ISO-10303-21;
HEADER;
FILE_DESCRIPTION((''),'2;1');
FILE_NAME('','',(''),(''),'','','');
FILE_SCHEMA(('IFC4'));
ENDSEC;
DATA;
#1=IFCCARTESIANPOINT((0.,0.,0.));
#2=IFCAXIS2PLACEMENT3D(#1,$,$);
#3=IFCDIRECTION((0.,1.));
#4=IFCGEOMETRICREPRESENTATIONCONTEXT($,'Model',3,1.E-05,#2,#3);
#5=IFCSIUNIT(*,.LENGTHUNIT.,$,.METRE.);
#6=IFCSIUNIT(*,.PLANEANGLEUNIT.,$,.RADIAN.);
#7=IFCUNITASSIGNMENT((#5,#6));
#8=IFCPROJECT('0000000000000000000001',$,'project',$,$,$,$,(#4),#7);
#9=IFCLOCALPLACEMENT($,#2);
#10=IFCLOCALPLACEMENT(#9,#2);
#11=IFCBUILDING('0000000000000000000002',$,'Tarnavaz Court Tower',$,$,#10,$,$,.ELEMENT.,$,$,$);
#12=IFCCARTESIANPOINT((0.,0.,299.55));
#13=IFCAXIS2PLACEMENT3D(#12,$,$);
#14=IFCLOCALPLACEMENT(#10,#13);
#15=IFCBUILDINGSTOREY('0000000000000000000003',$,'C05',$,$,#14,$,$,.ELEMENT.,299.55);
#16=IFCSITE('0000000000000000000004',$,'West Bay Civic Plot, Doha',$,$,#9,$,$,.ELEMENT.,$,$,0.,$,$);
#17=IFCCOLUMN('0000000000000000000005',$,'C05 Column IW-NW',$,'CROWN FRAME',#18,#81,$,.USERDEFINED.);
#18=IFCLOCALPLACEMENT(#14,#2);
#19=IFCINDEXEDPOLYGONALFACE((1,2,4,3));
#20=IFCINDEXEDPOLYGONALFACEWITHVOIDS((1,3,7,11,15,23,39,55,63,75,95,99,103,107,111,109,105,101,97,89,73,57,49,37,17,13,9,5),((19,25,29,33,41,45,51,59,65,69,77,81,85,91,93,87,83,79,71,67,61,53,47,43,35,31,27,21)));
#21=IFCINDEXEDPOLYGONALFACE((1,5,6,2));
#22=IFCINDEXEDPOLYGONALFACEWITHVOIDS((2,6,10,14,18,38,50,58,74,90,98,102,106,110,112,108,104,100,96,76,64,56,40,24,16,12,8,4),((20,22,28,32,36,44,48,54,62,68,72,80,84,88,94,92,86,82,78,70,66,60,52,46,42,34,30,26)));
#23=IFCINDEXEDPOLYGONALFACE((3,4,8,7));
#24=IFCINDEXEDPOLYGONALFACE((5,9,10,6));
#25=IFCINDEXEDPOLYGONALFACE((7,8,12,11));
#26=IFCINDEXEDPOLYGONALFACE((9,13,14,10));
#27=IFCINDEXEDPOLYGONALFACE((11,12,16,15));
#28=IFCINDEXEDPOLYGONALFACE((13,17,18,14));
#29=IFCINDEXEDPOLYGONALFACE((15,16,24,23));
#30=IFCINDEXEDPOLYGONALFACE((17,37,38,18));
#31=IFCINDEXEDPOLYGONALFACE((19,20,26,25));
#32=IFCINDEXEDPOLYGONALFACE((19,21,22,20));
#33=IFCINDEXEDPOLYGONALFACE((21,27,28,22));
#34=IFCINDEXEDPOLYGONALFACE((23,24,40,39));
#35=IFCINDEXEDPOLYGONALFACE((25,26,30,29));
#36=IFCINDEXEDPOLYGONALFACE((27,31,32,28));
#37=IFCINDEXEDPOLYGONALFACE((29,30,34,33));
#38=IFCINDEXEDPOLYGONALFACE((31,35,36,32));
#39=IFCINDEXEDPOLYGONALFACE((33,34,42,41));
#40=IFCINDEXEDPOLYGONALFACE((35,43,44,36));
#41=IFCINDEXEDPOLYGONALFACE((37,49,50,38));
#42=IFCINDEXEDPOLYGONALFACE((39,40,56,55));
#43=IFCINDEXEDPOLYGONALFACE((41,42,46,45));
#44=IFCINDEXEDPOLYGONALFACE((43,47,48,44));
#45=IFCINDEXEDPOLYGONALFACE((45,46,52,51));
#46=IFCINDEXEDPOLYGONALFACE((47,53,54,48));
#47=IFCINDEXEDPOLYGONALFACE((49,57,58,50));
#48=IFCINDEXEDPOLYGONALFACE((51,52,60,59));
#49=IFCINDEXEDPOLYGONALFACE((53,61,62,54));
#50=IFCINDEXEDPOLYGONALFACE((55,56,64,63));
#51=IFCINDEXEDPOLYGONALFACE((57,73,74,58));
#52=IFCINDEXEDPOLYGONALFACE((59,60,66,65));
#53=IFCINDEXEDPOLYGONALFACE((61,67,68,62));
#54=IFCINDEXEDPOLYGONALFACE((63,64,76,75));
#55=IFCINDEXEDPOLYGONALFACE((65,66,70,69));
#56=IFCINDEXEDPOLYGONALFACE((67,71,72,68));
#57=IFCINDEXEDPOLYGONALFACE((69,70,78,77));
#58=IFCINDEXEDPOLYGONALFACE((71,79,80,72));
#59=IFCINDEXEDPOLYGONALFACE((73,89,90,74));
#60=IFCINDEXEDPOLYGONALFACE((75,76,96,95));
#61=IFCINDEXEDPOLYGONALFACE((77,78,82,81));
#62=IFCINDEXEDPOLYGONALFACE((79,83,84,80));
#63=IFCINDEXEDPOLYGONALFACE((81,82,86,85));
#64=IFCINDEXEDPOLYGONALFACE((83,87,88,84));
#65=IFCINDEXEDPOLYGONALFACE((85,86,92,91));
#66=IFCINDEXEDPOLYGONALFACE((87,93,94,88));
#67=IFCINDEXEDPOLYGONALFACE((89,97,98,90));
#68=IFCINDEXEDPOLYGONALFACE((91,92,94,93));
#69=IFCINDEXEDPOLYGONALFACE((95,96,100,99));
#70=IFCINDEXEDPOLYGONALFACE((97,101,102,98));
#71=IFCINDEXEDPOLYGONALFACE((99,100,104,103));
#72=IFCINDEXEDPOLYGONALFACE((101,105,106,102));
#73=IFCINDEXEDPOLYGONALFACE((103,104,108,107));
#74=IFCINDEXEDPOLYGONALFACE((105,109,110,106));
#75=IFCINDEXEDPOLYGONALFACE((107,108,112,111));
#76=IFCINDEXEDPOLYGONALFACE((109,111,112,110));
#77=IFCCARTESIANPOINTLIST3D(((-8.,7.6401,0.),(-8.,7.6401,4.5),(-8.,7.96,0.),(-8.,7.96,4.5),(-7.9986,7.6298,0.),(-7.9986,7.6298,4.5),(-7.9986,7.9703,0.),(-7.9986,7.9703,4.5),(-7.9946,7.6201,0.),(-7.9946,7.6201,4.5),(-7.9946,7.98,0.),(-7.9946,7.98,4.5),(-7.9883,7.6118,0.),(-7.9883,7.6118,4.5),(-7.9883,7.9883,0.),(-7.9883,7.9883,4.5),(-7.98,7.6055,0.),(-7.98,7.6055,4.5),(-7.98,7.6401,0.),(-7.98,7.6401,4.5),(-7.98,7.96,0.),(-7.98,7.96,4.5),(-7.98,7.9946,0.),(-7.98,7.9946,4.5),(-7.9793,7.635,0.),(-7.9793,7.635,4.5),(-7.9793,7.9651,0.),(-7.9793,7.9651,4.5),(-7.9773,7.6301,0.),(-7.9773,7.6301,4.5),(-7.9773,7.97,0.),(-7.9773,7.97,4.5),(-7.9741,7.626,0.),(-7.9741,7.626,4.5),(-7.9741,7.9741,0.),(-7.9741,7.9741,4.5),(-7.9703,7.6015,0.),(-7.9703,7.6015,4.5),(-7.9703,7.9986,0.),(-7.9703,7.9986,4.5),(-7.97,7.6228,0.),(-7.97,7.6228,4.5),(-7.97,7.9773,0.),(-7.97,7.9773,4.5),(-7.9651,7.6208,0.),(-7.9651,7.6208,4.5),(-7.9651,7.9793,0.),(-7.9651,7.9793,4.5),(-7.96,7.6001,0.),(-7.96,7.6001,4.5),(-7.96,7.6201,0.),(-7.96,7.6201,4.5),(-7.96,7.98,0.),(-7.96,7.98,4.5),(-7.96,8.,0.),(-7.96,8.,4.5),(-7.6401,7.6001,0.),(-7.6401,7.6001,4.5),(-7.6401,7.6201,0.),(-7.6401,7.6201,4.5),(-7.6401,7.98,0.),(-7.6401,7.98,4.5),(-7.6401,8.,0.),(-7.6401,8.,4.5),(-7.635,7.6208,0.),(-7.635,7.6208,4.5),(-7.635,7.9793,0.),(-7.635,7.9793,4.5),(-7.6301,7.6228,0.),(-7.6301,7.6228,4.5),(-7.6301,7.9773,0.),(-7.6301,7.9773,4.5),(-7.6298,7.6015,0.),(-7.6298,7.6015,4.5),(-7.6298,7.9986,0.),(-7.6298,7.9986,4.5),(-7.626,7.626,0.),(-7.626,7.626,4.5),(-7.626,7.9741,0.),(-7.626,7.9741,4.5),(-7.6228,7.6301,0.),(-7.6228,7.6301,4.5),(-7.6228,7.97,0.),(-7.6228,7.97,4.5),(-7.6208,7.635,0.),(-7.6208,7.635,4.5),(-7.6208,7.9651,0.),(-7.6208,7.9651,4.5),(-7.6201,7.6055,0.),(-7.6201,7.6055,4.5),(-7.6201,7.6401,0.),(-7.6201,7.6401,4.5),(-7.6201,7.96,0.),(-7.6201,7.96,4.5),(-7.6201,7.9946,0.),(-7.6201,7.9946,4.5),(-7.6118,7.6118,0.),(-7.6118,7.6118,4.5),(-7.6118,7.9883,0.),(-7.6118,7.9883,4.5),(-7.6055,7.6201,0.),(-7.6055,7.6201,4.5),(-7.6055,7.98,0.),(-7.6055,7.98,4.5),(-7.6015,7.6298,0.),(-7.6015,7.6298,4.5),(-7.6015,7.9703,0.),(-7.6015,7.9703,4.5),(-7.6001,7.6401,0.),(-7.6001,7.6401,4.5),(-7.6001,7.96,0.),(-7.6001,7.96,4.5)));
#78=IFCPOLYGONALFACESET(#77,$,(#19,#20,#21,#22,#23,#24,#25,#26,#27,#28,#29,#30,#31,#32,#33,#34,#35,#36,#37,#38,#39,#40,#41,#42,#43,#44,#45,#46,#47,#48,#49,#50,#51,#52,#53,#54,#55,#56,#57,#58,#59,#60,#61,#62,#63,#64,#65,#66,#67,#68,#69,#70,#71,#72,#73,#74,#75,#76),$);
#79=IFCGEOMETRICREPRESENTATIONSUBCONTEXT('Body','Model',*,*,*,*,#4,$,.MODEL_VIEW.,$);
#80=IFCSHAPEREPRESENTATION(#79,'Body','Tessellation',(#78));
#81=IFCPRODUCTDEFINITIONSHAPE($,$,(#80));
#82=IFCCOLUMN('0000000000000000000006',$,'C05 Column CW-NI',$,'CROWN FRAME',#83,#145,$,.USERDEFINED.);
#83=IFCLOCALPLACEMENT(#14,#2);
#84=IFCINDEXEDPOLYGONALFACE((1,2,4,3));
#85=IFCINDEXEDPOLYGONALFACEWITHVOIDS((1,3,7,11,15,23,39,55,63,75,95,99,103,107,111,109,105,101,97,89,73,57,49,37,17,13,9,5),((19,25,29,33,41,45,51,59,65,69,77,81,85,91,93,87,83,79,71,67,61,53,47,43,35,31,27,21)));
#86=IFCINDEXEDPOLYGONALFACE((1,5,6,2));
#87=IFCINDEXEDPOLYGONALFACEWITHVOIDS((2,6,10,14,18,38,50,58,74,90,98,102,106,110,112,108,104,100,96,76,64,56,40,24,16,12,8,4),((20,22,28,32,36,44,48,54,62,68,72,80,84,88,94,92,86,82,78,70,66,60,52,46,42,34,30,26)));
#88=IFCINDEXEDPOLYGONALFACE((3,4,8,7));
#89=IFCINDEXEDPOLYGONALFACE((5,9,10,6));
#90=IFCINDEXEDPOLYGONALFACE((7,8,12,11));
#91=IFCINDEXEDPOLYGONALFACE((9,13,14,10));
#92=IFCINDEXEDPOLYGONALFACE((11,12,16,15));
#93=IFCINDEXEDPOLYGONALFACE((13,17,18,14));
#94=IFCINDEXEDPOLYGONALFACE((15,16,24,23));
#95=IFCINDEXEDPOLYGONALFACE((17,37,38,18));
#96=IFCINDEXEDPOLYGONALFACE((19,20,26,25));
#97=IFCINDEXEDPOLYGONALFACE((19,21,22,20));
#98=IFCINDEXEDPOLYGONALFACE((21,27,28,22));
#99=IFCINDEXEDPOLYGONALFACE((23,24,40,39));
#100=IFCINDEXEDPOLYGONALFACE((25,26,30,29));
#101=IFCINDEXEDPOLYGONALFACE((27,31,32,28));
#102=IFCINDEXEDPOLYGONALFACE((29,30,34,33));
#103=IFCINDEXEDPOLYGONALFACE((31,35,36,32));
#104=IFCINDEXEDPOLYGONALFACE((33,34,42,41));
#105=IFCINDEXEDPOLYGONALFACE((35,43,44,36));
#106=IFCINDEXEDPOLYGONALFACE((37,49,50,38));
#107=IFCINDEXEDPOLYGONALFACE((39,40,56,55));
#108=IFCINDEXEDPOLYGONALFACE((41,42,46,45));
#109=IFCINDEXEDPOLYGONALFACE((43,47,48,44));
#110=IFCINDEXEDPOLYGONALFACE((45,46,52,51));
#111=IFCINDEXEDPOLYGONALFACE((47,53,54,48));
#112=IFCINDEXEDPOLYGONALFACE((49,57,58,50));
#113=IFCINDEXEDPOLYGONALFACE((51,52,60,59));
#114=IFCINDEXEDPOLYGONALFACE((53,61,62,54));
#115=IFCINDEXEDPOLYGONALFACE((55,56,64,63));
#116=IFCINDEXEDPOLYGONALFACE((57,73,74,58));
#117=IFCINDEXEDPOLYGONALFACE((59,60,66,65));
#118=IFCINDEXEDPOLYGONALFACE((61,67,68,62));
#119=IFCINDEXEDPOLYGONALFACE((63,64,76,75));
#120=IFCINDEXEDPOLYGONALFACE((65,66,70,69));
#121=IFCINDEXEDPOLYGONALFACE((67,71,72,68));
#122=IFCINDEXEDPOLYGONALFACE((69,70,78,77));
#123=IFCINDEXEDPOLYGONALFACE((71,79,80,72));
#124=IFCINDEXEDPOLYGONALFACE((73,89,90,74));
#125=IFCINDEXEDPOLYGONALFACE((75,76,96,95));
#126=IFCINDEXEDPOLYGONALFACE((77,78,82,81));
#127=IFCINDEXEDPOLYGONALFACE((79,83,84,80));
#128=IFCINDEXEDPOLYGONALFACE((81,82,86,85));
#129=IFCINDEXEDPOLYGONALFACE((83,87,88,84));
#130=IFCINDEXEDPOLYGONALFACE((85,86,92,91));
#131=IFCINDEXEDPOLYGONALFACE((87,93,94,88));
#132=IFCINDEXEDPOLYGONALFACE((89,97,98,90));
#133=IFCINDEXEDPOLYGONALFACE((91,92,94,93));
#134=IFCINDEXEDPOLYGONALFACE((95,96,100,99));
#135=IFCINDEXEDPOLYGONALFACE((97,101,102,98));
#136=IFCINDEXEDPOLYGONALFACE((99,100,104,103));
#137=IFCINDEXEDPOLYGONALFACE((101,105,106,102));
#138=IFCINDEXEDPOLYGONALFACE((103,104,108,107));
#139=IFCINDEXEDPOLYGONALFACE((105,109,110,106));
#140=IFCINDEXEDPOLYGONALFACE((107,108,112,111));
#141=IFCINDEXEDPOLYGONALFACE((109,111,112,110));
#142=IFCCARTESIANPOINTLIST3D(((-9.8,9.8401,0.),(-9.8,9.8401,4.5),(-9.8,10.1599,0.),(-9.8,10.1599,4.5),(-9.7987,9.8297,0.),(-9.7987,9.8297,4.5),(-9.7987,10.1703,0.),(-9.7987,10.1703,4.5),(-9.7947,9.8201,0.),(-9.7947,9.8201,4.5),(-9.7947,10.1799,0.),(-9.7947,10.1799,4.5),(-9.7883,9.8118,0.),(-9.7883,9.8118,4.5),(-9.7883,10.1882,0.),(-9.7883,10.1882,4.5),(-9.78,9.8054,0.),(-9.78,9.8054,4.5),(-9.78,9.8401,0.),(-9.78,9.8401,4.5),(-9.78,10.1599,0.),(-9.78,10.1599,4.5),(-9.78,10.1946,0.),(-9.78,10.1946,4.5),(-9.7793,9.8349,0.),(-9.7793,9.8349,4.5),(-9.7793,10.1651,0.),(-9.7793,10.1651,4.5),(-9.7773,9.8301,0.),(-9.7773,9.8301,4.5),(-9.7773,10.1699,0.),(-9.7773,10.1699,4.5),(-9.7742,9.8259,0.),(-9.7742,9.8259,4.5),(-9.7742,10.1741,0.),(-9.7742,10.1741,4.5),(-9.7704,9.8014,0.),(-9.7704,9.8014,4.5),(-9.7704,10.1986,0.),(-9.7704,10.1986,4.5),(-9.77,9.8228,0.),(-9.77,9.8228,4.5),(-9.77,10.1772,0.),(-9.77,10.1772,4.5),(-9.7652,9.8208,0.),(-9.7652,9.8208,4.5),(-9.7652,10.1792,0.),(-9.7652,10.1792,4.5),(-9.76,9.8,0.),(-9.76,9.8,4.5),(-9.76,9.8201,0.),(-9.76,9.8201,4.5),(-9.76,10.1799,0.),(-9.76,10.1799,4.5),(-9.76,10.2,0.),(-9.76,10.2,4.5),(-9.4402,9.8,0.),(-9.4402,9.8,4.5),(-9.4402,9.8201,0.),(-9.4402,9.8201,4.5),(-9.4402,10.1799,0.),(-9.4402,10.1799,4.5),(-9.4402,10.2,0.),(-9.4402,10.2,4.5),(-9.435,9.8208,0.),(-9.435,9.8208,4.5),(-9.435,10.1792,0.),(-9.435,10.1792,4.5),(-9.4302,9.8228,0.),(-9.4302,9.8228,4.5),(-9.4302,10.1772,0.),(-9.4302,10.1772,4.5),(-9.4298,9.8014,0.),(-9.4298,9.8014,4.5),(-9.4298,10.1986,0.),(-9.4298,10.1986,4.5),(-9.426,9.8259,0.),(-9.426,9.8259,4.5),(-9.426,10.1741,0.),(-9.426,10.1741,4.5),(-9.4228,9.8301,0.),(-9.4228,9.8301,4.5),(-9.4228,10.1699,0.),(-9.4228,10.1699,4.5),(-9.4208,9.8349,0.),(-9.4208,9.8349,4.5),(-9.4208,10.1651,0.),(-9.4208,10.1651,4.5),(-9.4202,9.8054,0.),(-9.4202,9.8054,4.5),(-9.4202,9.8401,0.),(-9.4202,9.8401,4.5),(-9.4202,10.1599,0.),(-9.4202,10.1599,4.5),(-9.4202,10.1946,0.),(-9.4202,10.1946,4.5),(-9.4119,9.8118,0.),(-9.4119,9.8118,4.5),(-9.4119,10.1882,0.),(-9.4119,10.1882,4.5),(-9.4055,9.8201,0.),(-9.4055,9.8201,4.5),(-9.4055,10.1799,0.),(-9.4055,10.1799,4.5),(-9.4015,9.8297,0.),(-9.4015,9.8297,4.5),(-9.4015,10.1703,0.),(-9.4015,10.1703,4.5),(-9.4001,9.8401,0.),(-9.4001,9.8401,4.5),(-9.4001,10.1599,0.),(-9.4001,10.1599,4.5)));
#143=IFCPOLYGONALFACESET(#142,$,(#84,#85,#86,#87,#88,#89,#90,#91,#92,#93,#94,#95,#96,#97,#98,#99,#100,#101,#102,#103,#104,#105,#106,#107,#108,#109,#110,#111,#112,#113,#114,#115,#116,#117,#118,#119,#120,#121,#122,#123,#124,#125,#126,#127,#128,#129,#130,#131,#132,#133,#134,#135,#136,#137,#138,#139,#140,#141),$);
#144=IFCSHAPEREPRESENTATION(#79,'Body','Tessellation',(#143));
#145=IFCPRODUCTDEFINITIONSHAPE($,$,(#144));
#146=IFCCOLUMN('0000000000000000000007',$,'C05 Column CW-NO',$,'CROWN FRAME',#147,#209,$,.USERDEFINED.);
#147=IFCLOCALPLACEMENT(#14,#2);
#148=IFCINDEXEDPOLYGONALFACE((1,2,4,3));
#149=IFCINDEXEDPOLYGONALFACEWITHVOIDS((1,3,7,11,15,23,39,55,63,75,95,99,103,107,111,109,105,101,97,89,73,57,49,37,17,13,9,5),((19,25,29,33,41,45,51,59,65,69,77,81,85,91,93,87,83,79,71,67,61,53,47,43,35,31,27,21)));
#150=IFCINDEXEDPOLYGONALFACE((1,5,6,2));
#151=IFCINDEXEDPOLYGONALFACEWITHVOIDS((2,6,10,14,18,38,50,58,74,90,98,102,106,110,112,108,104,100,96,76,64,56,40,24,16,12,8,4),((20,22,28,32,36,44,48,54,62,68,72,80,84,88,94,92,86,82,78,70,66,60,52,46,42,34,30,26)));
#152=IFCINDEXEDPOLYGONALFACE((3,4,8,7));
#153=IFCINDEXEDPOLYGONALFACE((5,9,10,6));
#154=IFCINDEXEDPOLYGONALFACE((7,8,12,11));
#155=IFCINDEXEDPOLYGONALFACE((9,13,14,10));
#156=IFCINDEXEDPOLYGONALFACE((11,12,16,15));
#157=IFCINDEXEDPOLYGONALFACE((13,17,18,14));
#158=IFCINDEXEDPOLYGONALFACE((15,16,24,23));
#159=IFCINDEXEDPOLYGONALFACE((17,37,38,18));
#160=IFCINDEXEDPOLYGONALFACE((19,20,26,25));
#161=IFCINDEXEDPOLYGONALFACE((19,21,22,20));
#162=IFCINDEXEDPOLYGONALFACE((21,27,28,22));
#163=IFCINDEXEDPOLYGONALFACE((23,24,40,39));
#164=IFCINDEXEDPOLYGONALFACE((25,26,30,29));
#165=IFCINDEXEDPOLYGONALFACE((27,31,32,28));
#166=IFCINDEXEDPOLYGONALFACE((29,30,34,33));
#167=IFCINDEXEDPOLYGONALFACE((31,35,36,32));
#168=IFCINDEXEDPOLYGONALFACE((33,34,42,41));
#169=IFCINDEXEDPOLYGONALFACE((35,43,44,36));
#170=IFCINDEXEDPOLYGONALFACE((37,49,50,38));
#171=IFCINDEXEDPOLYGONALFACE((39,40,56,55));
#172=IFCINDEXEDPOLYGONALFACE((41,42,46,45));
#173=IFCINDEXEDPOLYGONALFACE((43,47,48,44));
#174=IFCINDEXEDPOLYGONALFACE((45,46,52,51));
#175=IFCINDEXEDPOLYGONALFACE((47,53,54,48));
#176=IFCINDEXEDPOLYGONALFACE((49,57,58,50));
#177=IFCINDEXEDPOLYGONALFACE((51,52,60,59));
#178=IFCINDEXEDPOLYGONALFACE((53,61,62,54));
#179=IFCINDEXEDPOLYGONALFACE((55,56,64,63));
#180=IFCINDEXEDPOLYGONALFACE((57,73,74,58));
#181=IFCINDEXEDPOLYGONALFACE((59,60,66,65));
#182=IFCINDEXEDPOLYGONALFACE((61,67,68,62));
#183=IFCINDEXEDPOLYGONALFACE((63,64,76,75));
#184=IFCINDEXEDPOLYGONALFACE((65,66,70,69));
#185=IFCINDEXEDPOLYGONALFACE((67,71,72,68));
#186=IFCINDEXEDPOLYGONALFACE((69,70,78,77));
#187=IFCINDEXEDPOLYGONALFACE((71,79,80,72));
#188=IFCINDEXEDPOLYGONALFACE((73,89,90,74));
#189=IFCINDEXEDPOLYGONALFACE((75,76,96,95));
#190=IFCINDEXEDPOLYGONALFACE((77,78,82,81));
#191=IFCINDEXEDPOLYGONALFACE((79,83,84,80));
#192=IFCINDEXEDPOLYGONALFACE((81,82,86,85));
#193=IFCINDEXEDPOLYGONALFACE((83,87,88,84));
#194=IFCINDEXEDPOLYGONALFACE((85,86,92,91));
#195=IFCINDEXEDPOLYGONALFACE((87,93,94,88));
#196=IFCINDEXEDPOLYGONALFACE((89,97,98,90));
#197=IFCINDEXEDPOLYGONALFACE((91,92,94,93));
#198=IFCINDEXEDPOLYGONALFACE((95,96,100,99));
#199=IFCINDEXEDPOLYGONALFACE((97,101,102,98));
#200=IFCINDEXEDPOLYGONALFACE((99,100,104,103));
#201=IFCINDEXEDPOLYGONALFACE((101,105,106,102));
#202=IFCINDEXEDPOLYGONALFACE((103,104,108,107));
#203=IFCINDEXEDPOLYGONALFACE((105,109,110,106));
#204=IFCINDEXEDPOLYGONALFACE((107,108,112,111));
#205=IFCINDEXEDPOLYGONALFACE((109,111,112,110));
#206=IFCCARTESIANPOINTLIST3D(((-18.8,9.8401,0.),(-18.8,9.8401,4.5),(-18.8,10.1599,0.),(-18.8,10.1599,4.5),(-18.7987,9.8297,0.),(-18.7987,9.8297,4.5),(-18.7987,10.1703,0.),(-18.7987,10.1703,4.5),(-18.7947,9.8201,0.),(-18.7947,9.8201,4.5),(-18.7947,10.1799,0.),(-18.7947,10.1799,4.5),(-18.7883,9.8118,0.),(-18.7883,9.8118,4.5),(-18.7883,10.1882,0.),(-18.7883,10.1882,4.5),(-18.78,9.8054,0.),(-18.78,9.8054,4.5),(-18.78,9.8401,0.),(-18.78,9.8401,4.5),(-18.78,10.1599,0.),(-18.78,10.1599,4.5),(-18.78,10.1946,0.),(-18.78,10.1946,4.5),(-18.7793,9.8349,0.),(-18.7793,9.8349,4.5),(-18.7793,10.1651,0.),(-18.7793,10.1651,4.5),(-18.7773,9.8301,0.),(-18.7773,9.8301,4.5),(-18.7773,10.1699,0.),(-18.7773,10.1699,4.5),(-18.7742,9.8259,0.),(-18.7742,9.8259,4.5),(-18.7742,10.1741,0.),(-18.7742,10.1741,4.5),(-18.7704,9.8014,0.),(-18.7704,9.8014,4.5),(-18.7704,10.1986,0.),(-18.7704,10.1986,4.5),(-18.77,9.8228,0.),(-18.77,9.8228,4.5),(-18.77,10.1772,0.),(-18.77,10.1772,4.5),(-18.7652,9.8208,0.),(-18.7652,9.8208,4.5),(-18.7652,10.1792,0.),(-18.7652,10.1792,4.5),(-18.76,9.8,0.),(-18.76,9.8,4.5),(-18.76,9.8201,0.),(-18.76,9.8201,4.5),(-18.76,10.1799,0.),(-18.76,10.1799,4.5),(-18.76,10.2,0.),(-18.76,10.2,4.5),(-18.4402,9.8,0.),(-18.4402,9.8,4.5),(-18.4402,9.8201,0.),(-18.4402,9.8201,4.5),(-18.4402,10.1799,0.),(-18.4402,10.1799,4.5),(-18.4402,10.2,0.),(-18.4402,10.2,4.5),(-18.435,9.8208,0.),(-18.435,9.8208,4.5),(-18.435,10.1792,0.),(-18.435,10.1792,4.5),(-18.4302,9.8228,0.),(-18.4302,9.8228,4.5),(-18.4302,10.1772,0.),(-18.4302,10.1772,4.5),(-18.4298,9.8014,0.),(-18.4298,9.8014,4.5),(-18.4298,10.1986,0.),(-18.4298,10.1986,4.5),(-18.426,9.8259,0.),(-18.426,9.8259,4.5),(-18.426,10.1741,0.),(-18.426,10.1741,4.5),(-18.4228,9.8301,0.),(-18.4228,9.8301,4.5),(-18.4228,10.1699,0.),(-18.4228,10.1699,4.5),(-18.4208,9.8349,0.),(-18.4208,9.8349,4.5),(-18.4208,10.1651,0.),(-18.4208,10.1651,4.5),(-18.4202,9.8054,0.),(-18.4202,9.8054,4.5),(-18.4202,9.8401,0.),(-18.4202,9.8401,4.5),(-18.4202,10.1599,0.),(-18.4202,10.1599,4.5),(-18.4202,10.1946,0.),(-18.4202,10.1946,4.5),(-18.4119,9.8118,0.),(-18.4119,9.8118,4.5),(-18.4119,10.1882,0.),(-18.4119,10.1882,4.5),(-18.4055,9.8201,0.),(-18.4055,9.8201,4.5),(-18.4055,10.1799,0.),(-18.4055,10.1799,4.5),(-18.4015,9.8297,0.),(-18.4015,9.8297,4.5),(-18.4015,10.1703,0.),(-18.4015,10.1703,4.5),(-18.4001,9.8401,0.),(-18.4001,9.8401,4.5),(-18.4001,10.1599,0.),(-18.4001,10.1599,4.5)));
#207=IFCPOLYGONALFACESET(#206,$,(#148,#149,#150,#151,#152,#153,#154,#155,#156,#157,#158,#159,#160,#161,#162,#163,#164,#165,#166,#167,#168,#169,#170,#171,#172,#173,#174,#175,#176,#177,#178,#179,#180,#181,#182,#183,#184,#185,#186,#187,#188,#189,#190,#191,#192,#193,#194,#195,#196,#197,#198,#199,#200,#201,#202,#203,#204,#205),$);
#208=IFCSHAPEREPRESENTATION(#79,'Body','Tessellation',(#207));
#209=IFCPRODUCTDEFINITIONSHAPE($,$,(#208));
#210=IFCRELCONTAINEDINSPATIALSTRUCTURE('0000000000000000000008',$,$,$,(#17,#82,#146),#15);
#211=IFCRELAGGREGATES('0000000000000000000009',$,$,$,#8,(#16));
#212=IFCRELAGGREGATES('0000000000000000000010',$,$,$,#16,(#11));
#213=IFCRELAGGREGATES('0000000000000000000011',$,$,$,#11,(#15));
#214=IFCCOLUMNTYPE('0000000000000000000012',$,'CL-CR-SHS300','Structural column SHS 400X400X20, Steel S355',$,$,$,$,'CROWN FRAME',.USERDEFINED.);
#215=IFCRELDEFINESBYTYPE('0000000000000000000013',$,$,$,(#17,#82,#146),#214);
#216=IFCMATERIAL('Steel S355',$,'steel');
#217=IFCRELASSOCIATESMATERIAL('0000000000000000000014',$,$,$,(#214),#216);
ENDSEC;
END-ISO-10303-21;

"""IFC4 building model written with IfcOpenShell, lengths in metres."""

from ifc_helpers import new_model, si_unit, direction, frame, origin, origin_2d, place, context, subcontext, project, spatial, hollow_rectangle, extrude, material, material_profile, profile_set, type_object, element, save


model = new_model("IFC4")

# Units and contexts
model_context = context("Model", 3, precision=1e-05, world=origin(), true_north=direction((0.0, 1.0)))
body_context = subcontext(model_context, "Body", "Model", "MODEL_VIEW")
ifc_project = project(units=[si_unit("LENGTHUNIT", "METRE"), si_unit("PLANEANGLEUNIT", "RADIAN")], contexts=[model_context])

# Site, building, storey
site_placement = place(None, origin())
site = spatial("IfcSite", under=ifc_project, at=site_placement, Name="West Bay Civic Plot, Doha", CompositionType="ELEMENT", RefElevation=0.0)
building_placement = place(site_placement, origin())
building = spatial("IfcBuilding", under=site, at=building_placement, Name="Tarnavaz Court Tower", CompositionType="ELEMENT")
storey_placement = place(building_placement, frame((0.0, 0.0, 299.55)))
storey = spatial("IfcBuildingStorey", under=building, at=storey_placement, Name="C05", CompositionType="ELEMENT", Elevation=299.55)

# Columns
ifc_material_1 = material(Name="Steel S355", Category="steel")
ifc_material_profile_1 = material_profile(ifc_material_1, hollow_rectangle(XDim=0.3999, YDim=0.3999, WallThickness=0.02, InnerFilletRadius=0.02, OuterFilletRadius=0.04, at=origin_2d()), Name="SHS 400X400X20")
ifc_profile_set_1 = profile_set([ifc_material_profile_1], Name="Steel S355")
column_type = type_object("IfcColumnType", Name="CL-CR-SHS300", Description="Structural column SHS 400X400X20, Steel S355", ElementType="CROWN FRAME", PredefinedType="USERDEFINED", material=ifc_profile_set_1)
for number, where, z_axis, x_axis, name in (
    (1, (-7.8, 7.8, 0.0), (0.0, 0.0, 1.0), (1.0, 0.0, 0.0), "C05 Column IW-NW"),
    (2, (-9.6001, 10.0, 0.0), (0.0, 0.0, 1.0), (1.0, 0.0, 0.0), "C05 Column CW-NI"),
    (3, (-18.6001, 10.0, 0.0), (0.0, 0.0, 1.0), (1.0, 0.0, 0.0), "C05 Column CW-NO"),
):
    element("IfcColumn", number, at=place(storey_placement, frame(where, z_axis=z_axis, x_axis=x_axis)), inside=storey, type_object=column_type, Name=name, ObjectType="CROWN FRAME", PredefinedType="USERDEFINED", context=body_context, shape_type="SweptSolid", body=[
        extrude(hollow_rectangle(XDim=0.3999, YDim=0.3999, WallThickness=0.02, InnerFilletRadius=0.02, OuterFilletRadius=0.04, at=origin_2d()), origin(), (0.0, 0.0, 1.0), 4.5),
    ])

save(model, "model.ifc")
